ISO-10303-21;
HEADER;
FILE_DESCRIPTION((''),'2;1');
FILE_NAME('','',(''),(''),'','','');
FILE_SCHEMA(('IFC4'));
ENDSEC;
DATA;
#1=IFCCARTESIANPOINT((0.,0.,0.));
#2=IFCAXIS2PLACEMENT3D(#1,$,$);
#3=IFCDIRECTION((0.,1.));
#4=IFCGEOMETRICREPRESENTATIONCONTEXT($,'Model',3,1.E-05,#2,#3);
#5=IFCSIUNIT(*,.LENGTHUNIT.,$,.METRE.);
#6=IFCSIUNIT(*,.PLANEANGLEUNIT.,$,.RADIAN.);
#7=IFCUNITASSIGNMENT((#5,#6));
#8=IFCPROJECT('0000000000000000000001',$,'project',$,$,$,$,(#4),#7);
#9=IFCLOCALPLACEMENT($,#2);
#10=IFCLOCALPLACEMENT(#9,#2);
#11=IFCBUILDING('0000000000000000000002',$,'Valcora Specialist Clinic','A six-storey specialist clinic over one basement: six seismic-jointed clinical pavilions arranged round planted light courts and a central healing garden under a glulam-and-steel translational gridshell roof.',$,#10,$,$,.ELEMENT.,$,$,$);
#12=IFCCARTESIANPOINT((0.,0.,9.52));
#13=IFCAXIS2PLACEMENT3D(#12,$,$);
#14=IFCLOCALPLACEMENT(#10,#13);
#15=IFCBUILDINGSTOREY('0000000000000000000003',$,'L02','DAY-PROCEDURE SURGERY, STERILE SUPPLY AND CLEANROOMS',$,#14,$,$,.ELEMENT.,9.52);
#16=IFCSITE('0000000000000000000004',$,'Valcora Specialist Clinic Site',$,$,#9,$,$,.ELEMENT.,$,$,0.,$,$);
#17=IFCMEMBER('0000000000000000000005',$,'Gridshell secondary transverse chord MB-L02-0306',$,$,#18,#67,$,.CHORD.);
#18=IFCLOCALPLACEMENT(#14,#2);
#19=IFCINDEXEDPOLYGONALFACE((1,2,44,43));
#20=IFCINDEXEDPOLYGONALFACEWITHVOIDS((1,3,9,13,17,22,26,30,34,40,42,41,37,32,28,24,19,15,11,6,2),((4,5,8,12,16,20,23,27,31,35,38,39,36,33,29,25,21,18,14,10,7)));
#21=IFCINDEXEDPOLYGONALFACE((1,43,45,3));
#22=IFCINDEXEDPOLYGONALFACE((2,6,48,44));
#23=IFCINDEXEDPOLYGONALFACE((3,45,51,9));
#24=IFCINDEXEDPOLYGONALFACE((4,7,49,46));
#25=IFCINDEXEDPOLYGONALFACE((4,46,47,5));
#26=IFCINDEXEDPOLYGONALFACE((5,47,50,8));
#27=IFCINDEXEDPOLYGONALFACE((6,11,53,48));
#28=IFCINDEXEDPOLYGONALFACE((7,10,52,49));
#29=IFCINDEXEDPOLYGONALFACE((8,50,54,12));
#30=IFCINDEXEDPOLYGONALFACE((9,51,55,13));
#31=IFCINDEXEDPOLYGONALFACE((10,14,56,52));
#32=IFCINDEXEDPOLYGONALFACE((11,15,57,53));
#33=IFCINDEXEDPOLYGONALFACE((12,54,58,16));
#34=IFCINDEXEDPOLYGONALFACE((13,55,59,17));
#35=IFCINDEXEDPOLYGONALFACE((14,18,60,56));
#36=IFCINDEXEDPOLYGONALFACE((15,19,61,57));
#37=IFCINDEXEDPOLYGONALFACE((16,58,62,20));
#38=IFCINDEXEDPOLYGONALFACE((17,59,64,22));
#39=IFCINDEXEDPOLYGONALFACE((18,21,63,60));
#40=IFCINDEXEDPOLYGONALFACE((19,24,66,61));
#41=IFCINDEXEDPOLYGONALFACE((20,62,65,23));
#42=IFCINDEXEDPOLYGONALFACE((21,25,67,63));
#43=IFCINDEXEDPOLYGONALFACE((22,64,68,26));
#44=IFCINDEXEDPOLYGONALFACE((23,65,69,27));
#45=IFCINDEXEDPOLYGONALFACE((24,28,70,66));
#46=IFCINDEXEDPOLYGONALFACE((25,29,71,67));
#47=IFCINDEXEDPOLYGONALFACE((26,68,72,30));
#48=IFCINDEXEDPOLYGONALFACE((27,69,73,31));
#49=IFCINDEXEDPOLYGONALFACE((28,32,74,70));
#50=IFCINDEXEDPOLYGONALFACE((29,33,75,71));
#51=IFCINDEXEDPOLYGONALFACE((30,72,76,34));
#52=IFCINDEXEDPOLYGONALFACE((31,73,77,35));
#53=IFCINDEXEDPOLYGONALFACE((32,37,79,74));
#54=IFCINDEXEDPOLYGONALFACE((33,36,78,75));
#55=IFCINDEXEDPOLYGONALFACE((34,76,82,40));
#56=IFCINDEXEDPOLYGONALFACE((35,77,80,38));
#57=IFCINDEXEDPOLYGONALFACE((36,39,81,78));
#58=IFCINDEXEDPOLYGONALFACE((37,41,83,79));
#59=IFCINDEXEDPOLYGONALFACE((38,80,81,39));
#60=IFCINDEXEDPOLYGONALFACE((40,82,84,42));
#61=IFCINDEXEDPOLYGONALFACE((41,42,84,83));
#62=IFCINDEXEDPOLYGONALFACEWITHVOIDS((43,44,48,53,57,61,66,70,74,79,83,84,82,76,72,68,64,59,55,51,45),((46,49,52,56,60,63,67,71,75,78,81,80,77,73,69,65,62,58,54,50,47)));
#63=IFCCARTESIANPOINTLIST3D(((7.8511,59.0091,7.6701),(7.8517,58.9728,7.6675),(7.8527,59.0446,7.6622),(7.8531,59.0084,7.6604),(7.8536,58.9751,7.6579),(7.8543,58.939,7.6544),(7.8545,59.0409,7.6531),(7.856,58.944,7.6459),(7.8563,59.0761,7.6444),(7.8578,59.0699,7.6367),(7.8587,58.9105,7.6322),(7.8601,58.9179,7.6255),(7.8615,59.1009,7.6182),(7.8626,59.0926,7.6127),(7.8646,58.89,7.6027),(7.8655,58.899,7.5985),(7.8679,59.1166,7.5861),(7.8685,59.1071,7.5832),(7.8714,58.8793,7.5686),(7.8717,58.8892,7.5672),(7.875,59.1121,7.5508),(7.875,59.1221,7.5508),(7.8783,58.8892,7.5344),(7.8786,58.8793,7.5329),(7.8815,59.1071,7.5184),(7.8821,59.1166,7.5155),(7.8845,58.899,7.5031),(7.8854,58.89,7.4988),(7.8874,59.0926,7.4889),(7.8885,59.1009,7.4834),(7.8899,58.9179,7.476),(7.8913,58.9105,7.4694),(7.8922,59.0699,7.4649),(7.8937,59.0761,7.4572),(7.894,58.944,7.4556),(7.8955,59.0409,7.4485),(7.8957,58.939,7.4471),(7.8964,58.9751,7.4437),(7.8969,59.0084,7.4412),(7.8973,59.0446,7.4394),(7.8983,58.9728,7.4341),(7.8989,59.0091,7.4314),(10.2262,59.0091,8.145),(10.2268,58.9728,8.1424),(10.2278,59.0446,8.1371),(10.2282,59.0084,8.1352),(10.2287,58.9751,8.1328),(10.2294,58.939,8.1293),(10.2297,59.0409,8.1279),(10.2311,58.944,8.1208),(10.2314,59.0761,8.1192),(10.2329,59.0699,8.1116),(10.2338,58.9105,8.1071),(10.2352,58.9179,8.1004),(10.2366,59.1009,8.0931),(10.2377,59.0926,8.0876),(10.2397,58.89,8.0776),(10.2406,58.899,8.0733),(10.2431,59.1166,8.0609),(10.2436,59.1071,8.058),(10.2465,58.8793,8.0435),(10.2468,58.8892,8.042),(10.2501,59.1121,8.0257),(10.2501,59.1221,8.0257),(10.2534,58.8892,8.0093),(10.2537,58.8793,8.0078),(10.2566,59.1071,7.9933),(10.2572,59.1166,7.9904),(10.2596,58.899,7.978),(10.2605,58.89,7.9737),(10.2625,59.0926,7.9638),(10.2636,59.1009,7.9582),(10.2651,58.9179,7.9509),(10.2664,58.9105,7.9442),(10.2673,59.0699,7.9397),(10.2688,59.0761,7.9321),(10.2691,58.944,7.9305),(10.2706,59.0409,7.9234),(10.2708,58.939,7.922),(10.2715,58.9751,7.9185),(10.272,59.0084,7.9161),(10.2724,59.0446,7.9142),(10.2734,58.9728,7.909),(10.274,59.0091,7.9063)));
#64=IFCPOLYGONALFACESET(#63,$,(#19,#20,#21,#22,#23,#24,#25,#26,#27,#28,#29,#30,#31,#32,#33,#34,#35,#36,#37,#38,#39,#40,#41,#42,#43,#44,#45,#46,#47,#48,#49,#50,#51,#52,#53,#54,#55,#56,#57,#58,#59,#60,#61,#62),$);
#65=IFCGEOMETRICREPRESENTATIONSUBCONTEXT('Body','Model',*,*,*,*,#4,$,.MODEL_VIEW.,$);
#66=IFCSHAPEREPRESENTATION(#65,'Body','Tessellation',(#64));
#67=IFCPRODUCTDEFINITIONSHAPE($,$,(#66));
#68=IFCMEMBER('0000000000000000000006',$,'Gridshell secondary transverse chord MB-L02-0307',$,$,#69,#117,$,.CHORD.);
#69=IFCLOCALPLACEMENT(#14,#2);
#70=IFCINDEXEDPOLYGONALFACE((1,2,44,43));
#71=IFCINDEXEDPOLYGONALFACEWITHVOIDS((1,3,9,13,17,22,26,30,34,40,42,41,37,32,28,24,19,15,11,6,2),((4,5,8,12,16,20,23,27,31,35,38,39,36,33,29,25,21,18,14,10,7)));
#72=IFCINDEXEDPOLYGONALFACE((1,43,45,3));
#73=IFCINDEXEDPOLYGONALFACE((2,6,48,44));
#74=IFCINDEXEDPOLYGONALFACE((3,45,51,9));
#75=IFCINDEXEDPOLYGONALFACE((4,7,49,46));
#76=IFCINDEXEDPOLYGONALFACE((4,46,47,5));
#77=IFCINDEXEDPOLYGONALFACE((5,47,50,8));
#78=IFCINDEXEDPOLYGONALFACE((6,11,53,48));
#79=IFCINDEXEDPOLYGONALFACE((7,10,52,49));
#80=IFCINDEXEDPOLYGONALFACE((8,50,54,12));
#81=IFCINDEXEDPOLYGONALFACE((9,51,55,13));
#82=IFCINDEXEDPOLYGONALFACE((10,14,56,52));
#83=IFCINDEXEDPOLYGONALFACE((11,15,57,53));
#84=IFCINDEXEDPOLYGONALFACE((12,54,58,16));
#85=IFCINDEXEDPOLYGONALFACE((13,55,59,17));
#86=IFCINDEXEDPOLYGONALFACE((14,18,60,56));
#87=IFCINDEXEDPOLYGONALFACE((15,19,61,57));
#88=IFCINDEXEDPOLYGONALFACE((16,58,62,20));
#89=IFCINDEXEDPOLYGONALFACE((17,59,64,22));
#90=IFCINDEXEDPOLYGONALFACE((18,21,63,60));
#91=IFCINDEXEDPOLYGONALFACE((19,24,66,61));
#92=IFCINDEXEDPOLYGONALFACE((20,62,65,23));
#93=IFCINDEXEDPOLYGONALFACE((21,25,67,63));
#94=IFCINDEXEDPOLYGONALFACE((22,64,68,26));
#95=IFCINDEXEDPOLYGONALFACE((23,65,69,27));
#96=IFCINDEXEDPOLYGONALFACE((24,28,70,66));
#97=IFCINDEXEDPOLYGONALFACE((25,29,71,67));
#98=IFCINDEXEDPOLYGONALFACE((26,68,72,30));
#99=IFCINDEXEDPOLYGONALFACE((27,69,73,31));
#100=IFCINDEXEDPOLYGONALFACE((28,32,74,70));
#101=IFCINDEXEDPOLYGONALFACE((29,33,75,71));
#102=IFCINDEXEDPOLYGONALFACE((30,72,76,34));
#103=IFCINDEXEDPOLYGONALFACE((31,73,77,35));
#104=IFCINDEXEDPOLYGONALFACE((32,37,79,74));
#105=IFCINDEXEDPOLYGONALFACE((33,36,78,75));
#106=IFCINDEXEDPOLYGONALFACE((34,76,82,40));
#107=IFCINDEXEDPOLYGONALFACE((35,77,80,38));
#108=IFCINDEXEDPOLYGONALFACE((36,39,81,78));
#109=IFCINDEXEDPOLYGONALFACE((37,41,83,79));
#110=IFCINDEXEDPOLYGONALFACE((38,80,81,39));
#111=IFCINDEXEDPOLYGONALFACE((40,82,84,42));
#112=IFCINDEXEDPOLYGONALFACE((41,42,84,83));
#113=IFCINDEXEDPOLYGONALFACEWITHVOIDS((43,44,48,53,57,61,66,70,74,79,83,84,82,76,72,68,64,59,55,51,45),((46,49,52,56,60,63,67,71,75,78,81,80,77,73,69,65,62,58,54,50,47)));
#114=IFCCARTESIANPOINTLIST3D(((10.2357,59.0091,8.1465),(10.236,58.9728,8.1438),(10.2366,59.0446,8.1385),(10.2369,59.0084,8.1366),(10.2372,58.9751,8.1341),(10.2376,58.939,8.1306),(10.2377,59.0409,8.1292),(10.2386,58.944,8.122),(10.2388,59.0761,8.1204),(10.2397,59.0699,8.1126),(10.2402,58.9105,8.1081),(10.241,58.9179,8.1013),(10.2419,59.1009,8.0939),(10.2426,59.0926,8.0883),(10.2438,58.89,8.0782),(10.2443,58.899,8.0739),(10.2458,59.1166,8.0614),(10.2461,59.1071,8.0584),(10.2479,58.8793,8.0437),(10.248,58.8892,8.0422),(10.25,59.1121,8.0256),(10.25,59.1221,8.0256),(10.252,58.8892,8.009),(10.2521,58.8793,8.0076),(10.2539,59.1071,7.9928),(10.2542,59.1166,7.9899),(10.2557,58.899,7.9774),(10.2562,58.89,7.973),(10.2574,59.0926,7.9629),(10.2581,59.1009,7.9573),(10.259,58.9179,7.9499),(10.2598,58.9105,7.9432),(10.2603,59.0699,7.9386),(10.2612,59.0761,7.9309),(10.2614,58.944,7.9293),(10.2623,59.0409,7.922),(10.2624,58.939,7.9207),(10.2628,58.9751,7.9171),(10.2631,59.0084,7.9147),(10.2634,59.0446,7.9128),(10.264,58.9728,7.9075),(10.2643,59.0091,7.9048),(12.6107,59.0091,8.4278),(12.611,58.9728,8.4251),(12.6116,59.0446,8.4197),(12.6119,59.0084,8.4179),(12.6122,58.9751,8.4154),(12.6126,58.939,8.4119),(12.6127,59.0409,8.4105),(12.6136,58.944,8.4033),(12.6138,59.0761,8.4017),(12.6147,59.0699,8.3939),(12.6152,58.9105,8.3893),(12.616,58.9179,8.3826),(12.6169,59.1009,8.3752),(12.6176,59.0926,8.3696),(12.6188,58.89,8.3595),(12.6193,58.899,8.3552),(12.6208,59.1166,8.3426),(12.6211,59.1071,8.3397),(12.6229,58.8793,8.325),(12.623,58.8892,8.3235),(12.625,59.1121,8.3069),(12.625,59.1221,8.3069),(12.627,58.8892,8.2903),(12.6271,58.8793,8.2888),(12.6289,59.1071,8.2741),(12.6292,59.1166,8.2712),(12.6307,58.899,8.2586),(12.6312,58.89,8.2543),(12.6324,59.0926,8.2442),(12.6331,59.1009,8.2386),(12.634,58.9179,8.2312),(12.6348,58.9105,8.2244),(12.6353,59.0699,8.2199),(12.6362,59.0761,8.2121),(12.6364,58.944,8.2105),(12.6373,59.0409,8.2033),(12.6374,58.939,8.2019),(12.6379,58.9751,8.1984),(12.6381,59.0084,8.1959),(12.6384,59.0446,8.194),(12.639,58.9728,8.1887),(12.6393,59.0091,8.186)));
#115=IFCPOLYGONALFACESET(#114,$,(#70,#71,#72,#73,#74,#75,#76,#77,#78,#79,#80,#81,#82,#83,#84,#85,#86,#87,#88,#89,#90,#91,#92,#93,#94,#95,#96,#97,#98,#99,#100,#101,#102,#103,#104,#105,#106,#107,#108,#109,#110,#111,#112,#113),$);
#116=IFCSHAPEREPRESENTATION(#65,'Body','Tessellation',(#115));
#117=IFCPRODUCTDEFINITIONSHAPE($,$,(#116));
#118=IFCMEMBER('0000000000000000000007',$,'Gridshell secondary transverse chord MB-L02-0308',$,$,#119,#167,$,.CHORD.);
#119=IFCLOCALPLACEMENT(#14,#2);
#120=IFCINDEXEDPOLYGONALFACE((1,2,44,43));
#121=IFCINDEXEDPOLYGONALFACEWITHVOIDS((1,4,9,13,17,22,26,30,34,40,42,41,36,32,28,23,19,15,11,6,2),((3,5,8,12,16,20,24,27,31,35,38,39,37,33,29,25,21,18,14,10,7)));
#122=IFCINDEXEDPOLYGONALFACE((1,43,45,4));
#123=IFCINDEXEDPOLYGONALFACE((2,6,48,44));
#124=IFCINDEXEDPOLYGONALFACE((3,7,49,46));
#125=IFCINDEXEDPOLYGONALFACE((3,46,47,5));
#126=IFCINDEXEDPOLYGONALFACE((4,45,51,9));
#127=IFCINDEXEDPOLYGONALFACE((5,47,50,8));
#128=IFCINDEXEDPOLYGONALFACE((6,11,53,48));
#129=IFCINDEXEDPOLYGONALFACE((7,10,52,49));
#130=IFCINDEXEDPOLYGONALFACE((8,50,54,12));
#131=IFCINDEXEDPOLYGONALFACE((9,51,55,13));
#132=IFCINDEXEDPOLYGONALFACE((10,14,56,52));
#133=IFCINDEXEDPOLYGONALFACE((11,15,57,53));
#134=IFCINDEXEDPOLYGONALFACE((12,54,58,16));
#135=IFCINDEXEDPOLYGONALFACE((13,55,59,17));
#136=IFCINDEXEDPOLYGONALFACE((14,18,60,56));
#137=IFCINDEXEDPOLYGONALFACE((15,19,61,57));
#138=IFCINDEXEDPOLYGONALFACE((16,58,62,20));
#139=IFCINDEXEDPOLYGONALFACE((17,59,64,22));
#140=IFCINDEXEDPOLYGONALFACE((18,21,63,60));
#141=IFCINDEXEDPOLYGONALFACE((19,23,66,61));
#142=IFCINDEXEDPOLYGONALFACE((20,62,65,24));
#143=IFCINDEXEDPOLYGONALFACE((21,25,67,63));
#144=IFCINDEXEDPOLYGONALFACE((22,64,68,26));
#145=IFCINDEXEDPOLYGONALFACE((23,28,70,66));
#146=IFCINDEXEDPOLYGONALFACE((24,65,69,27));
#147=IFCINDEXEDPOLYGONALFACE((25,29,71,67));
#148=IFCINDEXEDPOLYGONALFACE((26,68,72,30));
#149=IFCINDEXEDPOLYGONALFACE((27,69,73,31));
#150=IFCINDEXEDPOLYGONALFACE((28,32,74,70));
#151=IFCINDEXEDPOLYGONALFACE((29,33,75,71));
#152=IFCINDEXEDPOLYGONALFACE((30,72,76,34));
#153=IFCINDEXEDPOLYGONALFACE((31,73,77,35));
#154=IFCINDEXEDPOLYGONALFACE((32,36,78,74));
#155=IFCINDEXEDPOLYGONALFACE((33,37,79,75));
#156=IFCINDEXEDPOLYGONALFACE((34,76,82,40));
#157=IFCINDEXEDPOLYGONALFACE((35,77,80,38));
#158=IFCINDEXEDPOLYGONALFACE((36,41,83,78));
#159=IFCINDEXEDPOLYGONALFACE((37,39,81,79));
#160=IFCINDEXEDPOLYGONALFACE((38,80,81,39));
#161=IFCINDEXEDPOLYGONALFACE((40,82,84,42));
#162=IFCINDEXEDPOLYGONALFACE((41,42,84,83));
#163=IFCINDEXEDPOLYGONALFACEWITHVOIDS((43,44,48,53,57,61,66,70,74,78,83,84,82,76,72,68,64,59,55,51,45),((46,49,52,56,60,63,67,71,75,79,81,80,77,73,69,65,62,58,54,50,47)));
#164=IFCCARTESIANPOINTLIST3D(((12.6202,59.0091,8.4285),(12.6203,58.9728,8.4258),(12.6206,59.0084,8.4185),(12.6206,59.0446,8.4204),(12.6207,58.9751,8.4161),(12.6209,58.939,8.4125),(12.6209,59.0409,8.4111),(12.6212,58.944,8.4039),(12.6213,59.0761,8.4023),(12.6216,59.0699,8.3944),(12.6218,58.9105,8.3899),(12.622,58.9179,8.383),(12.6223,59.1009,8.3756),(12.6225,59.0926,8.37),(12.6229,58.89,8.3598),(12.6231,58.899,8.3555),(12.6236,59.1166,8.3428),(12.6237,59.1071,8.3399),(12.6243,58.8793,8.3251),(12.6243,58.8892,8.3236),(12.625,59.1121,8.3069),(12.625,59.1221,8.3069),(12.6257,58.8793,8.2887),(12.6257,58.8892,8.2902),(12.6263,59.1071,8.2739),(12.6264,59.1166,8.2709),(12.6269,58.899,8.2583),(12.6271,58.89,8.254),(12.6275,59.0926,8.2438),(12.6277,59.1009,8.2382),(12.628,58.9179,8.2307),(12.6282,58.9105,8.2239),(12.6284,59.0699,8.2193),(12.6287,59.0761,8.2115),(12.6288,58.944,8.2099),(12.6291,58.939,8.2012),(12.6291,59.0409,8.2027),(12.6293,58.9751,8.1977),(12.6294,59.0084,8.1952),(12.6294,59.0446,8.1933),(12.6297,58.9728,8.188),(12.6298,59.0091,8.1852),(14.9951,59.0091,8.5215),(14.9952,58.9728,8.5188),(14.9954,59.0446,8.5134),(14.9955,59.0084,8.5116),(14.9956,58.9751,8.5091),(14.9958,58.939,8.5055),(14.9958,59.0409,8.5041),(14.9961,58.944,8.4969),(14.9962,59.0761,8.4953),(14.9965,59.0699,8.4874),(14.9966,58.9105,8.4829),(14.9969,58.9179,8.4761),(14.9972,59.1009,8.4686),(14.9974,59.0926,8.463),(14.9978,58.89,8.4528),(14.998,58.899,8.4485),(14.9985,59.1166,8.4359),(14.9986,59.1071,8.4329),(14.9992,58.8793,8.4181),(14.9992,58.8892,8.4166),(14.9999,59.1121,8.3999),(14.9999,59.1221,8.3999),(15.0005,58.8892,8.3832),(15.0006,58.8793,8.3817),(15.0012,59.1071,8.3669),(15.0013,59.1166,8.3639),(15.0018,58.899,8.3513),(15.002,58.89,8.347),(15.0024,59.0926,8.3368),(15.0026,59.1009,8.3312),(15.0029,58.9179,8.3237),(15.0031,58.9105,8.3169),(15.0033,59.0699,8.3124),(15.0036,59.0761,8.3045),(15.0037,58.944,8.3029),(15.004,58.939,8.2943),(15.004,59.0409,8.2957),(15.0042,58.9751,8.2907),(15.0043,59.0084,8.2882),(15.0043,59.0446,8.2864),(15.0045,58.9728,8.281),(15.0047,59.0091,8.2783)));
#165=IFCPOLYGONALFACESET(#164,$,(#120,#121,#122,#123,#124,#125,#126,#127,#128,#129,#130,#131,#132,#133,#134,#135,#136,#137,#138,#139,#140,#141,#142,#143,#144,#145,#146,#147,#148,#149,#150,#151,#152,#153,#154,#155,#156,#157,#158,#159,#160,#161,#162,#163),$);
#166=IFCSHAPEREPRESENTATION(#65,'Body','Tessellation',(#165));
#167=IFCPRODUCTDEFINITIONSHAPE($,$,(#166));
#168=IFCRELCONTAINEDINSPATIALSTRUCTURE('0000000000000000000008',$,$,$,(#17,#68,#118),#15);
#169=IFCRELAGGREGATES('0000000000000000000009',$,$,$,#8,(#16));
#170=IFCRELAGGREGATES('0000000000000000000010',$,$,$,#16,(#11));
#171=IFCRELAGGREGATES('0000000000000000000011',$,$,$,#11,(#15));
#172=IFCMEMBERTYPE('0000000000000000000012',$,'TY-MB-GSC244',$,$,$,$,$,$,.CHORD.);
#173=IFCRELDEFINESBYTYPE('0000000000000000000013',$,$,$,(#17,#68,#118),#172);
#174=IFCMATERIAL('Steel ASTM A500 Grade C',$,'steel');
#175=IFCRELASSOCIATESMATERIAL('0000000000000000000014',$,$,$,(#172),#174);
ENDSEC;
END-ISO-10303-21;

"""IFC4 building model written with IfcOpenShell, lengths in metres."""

from ifc_helpers import new_model, si_unit, direction, frame, origin, origin_2d, place, context, subcontext, project, spatial, hollow_circle, extrude, material, material_profile, profile_set, type_object, element, save


model = new_model("IFC4")

# Units and contexts
model_context = context("Model", 3, precision=1e-05, world=origin(), true_north=direction((0.0, 1.0)))
body_context = subcontext(model_context, "Body", "Model", "MODEL_VIEW")
ifc_project = project(units=[si_unit("LENGTHUNIT", "METRE"), si_unit("PLANEANGLEUNIT", "RADIAN")], contexts=[model_context])

# Site, building, storey
site_placement = place(None, origin())
site = spatial("IfcSite", under=ifc_project, at=site_placement, Name="Valcora Specialist Clinic Site", CompositionType="ELEMENT", RefElevation=0.0)
building_placement = place(site_placement, origin())
building = spatial("IfcBuilding", under=site, at=building_placement, Name="Valcora Specialist Clinic", Description="A six-storey specialist clinic over one basement: six seismic-jointed clinical pavilions arranged round planted light courts and a central healing garden under a glulam-and-steel translational gridshell roof.", CompositionType="ELEMENT")
storey_placement = place(building_placement, frame((0.0, 0.0, 9.52)))
storey = spatial("IfcBuildingStorey", under=building, at=storey_placement, Name="L02", Description="DAY-PROCEDURE SURGERY, STERILE SUPPLY AND CLEANROOMS", CompositionType="ELEMENT", Elevation=9.52)

# Members
ifc_material_1 = material(Name="Steel ASTM A500 Grade C", Category="steel")
ifc_material_profile_1 = material_profile(ifc_material_1, hollow_circle(Radius=0.1221, WallThickness=0.01, at=origin_2d()), Name="ST-CHS-244X10")
ifc_profile_set_1 = profile_set([ifc_material_profile_1], Name="Steel ASTM A500 Grade C")
member_type_1 = type_object("IfcMemberType", Name="TY-MB-GSC244", PredefinedType="CHORD", material=ifc_profile_set_1)
member_1_placement = place(storey_placement, frame((7.875, 59.0, 7.5508), z_axis=(0.980592, 0.0, 0.196058), x_axis=(0.0, 1.0, 0.0)))
element("IfcMember", 1, at=member_1_placement, inside=storey, type_object=member_type_1, Name="Gridshell secondary transverse chord MB-L02-0306", PredefinedType="CHORD", context=body_context, shape_type="SweptSolid", body=[
    extrude(hollow_circle(Radius=0.1221, WallThickness=0.01, at=origin_2d()), origin(), (0.0, 0.0, 1.0), 2.4221),
])
member_2_placement = place(storey_placement, frame((10.25, 59.0, 8.0256), z_axis=(0.993061, 0.0, 0.117599), x_axis=(0.0, 1.0, 0.0)))
element("IfcMember", 2, at=member_2_placement, inside=storey, type_object=member_type_1, Name="Gridshell secondary transverse chord MB-L02-0307", PredefinedType="CHORD", context=body_context, shape_type="SweptSolid", body=[
    extrude(hollow_circle(Radius=0.1221, WallThickness=0.01, at=origin_2d()), origin(), (0.0, 0.0, 1.0), 2.3916),
])
member_3_placement = place(storey_placement, frame((12.625, 59.0, 8.3069), z_axis=(0.999234, 0.0, 0.039135), x_axis=(0.0, 1.0, 0.0)))
element("IfcMember", 3, at=member_3_placement, inside=storey, type_object=member_type_1, Name="Gridshell secondary transverse chord MB-L02-0308", PredefinedType="CHORD", context=body_context, shape_type="SweptSolid", body=[
    extrude(hollow_circle(Radius=0.1221, WallThickness=0.01, at=origin_2d()), origin(), (0.0, 0.0, 1.0), 2.3767),
])

save(model, "model.ifc")
